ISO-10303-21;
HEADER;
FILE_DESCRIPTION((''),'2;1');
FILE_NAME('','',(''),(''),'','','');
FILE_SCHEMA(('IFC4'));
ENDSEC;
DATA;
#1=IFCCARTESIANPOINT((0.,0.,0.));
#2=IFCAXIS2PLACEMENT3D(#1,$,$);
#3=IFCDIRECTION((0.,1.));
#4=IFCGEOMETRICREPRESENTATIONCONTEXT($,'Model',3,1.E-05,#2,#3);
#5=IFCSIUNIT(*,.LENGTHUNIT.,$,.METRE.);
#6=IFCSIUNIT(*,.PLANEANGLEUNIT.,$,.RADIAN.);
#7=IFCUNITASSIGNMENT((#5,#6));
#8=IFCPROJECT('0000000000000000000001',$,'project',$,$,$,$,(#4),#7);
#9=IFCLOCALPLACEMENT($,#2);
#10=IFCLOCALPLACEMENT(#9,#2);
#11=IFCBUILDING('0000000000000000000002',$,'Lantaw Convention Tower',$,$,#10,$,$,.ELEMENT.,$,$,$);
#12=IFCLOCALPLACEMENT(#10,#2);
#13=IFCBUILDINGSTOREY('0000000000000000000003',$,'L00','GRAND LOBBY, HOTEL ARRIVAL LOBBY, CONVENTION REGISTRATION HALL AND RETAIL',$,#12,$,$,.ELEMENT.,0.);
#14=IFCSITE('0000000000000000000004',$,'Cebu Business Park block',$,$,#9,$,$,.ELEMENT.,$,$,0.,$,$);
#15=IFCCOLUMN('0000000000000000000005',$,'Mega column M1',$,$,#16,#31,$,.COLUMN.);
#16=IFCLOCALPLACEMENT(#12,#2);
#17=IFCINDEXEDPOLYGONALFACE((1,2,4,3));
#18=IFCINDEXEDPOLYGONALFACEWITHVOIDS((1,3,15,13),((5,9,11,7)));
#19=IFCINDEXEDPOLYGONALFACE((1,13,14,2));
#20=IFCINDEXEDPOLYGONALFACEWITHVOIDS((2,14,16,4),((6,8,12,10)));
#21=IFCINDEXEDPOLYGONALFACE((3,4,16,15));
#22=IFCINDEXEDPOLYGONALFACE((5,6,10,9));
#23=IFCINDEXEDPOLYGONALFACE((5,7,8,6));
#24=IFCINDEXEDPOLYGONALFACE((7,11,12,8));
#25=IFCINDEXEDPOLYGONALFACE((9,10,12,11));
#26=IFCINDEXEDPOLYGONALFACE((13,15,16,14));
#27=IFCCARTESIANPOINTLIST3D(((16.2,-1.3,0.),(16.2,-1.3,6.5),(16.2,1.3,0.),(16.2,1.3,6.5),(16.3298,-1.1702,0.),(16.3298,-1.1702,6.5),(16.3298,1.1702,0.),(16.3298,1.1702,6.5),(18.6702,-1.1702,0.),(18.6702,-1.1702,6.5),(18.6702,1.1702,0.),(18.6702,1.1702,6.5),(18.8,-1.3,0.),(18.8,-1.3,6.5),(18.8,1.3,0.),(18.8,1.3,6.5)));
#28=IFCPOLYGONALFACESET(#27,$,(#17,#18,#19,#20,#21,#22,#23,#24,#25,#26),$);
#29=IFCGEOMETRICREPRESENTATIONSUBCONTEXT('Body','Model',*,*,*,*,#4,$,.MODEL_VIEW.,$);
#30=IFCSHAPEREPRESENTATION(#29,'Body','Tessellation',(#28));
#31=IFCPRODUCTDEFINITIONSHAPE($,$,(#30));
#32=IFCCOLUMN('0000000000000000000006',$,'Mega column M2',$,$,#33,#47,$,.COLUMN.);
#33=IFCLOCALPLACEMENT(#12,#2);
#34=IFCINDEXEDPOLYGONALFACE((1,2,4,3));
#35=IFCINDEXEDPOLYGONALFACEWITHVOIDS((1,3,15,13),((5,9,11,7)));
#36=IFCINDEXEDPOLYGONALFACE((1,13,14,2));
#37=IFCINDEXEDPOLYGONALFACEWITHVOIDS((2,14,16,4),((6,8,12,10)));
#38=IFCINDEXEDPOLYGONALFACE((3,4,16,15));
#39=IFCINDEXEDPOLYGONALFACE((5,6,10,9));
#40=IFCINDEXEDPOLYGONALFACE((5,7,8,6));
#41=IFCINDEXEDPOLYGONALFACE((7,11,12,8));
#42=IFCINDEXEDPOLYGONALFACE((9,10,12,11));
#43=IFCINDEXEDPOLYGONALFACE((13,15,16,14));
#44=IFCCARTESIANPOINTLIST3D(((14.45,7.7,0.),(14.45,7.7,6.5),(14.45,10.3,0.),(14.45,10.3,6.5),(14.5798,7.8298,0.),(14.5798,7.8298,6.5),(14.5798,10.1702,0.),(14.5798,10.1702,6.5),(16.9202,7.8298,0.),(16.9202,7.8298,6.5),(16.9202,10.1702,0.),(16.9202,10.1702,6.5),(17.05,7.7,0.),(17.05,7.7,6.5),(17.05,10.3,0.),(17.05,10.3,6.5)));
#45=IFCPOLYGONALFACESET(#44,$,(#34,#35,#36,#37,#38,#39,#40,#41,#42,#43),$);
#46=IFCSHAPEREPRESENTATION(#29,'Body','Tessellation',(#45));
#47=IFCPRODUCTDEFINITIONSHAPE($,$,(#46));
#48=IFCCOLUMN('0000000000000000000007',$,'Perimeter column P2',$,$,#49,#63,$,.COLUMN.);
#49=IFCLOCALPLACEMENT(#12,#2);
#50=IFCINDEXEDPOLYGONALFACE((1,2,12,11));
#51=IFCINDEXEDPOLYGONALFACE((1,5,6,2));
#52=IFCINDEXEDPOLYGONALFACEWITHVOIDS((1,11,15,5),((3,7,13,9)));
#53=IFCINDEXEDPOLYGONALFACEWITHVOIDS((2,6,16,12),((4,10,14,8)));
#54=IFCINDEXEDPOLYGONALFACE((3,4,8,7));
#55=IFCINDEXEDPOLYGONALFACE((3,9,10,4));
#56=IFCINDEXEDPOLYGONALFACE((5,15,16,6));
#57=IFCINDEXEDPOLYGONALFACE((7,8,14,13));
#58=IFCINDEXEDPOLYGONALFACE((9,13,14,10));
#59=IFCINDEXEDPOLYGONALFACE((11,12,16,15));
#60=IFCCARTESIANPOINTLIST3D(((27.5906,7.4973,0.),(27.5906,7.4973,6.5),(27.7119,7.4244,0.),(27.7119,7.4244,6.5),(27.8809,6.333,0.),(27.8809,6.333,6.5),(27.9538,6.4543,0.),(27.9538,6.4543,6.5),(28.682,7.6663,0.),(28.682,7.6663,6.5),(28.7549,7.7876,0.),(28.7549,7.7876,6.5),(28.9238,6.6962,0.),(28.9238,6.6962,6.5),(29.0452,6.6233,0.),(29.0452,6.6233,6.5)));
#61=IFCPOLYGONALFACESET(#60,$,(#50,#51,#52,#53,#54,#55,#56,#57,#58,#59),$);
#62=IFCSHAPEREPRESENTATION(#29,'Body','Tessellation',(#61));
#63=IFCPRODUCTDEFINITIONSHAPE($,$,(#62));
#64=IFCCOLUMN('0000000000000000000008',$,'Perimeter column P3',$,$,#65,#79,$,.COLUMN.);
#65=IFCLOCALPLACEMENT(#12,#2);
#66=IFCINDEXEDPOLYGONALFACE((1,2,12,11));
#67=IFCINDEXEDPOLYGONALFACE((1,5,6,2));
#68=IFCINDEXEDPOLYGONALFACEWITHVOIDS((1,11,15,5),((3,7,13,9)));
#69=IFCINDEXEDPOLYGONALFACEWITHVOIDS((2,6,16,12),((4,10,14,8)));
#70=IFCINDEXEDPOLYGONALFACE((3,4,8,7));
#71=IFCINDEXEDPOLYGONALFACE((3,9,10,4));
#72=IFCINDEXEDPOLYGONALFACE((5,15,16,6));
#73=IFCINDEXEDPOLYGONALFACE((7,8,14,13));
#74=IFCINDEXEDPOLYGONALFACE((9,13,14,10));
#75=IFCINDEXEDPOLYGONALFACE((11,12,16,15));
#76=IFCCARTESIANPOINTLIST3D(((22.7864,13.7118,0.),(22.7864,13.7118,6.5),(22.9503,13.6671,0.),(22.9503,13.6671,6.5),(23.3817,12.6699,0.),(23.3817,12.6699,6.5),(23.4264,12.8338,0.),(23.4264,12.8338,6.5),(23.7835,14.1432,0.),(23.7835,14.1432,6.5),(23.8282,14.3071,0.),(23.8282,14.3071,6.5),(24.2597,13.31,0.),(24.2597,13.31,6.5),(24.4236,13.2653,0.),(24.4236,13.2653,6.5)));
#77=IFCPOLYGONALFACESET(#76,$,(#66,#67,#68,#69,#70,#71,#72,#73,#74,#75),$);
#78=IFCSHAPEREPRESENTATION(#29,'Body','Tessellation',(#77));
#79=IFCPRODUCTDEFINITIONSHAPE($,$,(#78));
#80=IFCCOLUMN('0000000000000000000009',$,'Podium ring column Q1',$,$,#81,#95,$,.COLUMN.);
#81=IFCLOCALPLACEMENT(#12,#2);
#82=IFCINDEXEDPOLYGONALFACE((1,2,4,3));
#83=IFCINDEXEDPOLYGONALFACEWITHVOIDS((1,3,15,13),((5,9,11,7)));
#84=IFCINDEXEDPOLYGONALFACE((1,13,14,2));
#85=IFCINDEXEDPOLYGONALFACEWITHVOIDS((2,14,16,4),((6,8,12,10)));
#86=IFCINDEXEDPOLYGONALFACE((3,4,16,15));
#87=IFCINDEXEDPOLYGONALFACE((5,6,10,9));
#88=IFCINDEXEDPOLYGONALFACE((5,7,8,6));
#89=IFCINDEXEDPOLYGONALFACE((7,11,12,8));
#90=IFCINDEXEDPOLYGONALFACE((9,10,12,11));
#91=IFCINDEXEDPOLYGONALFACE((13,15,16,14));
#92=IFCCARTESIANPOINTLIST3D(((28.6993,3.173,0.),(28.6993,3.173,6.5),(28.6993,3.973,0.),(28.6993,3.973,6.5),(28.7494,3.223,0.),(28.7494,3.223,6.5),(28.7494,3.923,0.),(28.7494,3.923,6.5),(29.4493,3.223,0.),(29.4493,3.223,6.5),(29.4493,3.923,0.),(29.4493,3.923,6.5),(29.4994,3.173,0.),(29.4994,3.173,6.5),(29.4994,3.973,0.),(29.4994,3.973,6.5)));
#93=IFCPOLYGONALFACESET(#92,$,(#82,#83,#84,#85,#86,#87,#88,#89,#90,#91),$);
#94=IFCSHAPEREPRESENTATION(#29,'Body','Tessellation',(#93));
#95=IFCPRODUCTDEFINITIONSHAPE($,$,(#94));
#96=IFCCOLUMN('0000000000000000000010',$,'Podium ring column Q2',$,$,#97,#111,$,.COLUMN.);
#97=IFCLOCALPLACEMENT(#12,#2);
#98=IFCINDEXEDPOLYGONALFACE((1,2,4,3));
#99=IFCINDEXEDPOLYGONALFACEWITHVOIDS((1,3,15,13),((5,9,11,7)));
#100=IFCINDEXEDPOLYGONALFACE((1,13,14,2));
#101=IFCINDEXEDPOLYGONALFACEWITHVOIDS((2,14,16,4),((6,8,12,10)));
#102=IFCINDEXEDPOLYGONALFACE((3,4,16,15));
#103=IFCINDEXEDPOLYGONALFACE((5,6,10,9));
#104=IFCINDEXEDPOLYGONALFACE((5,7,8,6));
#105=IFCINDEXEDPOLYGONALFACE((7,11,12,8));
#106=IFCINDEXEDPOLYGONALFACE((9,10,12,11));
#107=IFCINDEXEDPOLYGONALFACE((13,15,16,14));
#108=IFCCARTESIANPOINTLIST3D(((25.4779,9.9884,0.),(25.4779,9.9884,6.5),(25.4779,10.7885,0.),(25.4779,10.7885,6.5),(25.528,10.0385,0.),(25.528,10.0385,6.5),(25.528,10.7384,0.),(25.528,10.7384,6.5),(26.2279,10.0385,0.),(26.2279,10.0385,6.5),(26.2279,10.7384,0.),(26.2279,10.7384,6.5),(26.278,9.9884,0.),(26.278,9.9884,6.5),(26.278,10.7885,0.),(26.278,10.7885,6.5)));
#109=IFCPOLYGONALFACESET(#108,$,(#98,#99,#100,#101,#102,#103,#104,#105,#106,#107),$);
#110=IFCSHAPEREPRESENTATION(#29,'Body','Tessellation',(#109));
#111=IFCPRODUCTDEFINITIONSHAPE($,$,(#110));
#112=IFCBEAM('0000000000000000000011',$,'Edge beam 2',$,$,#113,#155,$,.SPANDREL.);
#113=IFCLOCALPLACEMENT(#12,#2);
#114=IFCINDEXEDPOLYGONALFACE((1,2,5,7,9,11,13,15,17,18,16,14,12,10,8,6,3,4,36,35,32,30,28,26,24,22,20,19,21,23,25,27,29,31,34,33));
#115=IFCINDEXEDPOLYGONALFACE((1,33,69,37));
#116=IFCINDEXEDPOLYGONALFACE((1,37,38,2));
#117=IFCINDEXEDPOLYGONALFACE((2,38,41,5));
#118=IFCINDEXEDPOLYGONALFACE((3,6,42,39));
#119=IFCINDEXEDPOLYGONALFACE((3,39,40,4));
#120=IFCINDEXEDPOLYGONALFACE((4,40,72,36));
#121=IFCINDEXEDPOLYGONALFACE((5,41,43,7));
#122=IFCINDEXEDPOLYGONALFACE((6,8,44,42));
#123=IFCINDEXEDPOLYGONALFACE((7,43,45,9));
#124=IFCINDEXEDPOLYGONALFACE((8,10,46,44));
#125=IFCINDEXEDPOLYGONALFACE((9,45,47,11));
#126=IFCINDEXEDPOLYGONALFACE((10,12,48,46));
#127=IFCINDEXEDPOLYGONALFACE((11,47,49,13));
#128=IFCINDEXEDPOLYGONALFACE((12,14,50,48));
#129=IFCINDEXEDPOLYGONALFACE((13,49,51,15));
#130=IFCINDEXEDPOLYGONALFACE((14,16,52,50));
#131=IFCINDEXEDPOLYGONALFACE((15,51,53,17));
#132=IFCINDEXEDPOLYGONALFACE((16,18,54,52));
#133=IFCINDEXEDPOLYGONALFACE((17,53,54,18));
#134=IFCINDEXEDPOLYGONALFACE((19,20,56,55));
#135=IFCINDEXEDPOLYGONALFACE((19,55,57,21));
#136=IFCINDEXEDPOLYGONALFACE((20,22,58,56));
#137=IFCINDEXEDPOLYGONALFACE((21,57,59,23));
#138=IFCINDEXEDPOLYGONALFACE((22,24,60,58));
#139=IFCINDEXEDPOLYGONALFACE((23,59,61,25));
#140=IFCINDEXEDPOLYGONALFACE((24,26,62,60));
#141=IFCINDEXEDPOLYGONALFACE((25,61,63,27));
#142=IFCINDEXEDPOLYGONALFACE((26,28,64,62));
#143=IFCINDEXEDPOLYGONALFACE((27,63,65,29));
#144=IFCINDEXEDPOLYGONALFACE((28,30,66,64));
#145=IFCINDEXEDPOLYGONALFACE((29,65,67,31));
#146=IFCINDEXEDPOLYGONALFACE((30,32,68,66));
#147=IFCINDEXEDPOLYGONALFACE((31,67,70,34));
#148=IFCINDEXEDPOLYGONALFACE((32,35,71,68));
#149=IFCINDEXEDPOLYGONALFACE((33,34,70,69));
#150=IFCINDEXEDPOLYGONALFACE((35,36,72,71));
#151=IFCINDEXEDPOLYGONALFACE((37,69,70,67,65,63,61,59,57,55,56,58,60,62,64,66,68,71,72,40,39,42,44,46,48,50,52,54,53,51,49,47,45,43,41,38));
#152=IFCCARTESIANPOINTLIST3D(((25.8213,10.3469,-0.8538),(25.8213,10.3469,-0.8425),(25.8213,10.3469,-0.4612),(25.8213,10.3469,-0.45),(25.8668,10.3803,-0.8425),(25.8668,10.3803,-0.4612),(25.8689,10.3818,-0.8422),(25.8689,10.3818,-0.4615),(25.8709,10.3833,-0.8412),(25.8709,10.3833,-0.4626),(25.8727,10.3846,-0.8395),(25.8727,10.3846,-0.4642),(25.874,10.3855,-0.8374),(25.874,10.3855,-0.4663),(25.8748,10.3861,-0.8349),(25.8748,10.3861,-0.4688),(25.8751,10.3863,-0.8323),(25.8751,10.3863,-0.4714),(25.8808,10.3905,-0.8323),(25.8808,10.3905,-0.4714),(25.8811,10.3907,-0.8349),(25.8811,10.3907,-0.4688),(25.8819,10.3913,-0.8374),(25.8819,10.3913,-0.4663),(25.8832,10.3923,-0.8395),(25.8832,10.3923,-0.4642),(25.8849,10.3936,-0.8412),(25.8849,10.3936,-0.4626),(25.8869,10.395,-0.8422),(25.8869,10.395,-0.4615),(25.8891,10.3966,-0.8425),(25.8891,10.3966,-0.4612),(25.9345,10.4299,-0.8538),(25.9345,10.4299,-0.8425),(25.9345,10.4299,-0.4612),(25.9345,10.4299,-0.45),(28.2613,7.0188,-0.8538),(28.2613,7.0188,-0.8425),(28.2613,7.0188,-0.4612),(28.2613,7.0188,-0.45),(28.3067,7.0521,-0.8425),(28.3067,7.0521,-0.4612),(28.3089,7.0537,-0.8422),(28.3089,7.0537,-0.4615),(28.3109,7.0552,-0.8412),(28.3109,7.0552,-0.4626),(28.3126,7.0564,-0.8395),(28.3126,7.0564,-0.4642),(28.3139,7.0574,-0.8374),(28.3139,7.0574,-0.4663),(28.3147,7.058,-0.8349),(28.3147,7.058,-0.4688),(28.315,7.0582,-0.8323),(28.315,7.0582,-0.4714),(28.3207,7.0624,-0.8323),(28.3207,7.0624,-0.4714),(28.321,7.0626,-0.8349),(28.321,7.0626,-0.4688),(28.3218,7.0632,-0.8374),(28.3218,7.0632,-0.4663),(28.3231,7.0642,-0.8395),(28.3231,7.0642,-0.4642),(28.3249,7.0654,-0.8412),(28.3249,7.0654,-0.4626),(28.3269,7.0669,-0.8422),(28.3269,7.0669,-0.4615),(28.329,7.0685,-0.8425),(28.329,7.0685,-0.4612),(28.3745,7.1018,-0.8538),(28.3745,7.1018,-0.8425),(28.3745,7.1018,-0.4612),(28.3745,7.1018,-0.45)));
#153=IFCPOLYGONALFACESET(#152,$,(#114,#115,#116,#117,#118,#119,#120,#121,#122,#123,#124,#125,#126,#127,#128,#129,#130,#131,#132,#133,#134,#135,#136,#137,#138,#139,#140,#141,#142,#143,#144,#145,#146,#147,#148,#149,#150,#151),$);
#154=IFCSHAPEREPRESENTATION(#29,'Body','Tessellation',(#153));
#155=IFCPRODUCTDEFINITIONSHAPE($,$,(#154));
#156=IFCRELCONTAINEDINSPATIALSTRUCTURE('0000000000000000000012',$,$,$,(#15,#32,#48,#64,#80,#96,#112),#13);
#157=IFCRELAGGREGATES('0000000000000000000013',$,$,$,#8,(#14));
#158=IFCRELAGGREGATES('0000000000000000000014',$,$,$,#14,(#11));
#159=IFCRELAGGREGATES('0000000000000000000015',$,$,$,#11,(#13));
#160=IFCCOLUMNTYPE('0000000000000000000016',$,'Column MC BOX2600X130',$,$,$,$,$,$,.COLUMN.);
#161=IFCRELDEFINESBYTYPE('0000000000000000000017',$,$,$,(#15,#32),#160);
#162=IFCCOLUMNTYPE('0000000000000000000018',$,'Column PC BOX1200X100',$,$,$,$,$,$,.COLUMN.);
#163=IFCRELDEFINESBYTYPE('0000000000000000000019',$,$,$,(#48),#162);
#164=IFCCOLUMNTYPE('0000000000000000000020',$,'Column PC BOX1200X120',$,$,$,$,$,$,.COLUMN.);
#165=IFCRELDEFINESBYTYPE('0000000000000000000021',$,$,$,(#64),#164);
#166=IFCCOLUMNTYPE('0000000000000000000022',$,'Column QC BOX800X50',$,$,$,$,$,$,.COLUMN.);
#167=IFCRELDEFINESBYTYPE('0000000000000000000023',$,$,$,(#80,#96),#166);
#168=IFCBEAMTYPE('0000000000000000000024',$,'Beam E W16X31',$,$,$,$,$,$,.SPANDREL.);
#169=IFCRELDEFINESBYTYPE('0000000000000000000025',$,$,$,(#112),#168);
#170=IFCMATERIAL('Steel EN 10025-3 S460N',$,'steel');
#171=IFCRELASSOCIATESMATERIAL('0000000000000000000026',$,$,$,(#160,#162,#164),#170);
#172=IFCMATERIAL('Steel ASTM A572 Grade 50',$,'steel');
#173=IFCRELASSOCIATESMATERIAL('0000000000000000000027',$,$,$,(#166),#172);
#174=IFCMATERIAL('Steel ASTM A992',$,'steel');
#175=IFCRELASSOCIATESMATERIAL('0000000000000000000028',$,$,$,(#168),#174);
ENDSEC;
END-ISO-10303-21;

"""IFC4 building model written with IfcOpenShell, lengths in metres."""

from ifc_helpers import new_model, si_unit, direction, frame, origin, origin_2d, place, context, subcontext, project, spatial, rectangle, hollow_rectangle, i_section, extrude, material, material_profile, profile_set, type_object, element, save


model = new_model("IFC4")

# Units and contexts
model_context = context("Model", 3, precision=1e-05, world=origin(), true_north=direction((0.0, 1.0)))
body_context = subcontext(model_context, "Body", "Model", "MODEL_VIEW")
ifc_project = project(units=[si_unit("LENGTHUNIT", "METRE"), si_unit("PLANEANGLEUNIT", "RADIAN")], contexts=[model_context])

# Site, building, storey
site_placement = place(None, origin())
site = spatial("IfcSite", under=ifc_project, at=site_placement, Name="Cebu Business Park block", CompositionType="ELEMENT", RefElevation=0.0)
building_placement = place(site_placement, origin())
building = spatial("IfcBuilding", under=site, at=building_placement, Name="Lantaw Convention Tower", CompositionType="ELEMENT")
storey_placement = place(building_placement, origin())
storey = spatial("IfcBuildingStorey", under=building, at=storey_placement, Name="L00", Description="GRAND LOBBY, HOTEL ARRIVAL LOBBY, CONVENTION REGISTRATION HALL AND RETAIL", CompositionType="ELEMENT", Elevation=0.0)

# Columns
ifc_material_1 = material(Name="Steel EN 10025-3 S460N", Category="steel")
ifc_material_profile_1 = material_profile(ifc_material_1, hollow_rectangle(XDim=2.6001, YDim=2.6001, WallThickness=0.1299, at=origin_2d()), Name="BOX2600X130")
ifc_material_2 = material(Name="Concrete C60/75", Category="concrete")
ifc_material_profile_2 = material_profile(ifc_material_2, rectangle(XDim=2.3401, YDim=2.3401, at=origin_2d()), Name="Concrete fill of BOX2600X130")
ifc_profile_set_1 = profile_set([ifc_material_profile_1, ifc_material_profile_2], Name="Steel EN 10025-3 S460N")
column_type_1 = type_object("IfcColumnType", Name="Column MC BOX2600X130", PredefinedType="COLUMN", material=ifc_profile_set_1)
for number, where, z_axis, x_axis, name in (
    (1, (17.5, 0.0, 0.0), (0.0, 0.0, 1.0), (1.0, 0.0, 0.0), "Mega column M1"),
    (2, (15.75, 9.0, 0.0), (0.0, 0.0, 1.0), (1.0, 0.0, 0.0), "Mega column M2"),
):
    element("IfcColumn", number, at=place(storey_placement, frame(where, z_axis=z_axis, x_axis=x_axis)), inside=storey, type_object=column_type_1, Name=name, PredefinedType="COLUMN", context=body_context, shape_type="SweptSolid", body=[
        extrude(hollow_rectangle(XDim=2.6001, YDim=2.6001, WallThickness=0.1299, at=origin_2d()), origin(), (0.0, 0.0, 1.0), 6.5),
    ])
ifc_material_profile_3 = material_profile(ifc_material_1, hollow_rectangle(XDim=1.2, YDim=1.2, WallThickness=0.1001, at=origin_2d()), Name="BOX1200X100")
ifc_material_profile_4 = material_profile(ifc_material_2, rectangle(XDim=1.0, YDim=1.0, at=origin_2d()), Name="Concrete fill of BOX1200X100")
ifc_profile_set_2 = profile_set([ifc_material_profile_3, ifc_material_profile_4], Name="Steel EN 10025-3 S460N")
column_type_2 = type_object("IfcColumnType", Name="Column PC BOX1200X100", PredefinedType="COLUMN", material=ifc_profile_set_2)
column_1_placement = place(storey_placement, frame((28.3179, 7.0603, 0.0), z_axis=(0.0, 0.0, 1.0), x_axis=(0.970296, 0.241922, 0.0)))
element("IfcColumn", 3, at=column_1_placement, inside=storey, type_object=column_type_2, Name="Perimeter column P2", PredefinedType="COLUMN", context=body_context, shape_type="SweptSolid", body=[
    extrude(hollow_rectangle(XDim=1.2, YDim=1.2, WallThickness=0.1001, at=origin_2d()), origin(), (0.0, 0.0, 1.0), 6.5),
])
ifc_material_profile_5 = material_profile(ifc_material_1, hollow_rectangle(XDim=1.2, YDim=1.2, WallThickness=0.1201, at=origin_2d()), Name="BOX1200X120")
ifc_material_profile_6 = material_profile(ifc_material_2, rectangle(XDim=0.96, YDim=0.96, at=origin_2d()), Name="Concrete fill of BOX1200X120")
ifc_profile_set_3 = profile_set([ifc_material_profile_5, ifc_material_profile_6], Name="Steel EN 10025-3 S460N")
column_type_3 = type_object("IfcColumnType", Name="Column PC BOX1200X120", PredefinedType="COLUMN", material=ifc_profile_set_3)
column_2_placement = place(storey_placement, frame((23.605, 13.4885, 0.0), z_axis=(0.0, 0.0, 1.0), x_axis=(0.868243, 0.496139, 0.0)))
element("IfcColumn", 4, at=column_2_placement, inside=storey, type_object=column_type_3, Name="Perimeter column P3", PredefinedType="COLUMN", context=body_context, shape_type="SweptSolid", body=[
    extrude(hollow_rectangle(XDim=1.2, YDim=1.2, WallThickness=0.1201, at=origin_2d()), origin(), (0.0, 0.0, 1.0), 6.5),
])
ifc_material_3 = material(Name="Steel ASTM A572 Grade 50", Category="steel")
ifc_material_profile_7 = material_profile(ifc_material_3, hollow_rectangle(XDim=0.8, YDim=0.8, WallThickness=0.05, at=origin_2d()), Name="BOX800X50")
ifc_profile_set_4 = profile_set([ifc_material_profile_7], Name="Steel ASTM A572 Grade 50")
column_type_4 = type_object("IfcColumnType", Name="Column QC BOX800X50", PredefinedType="COLUMN", material=ifc_profile_set_4)
for number, where, z_axis, x_axis, name in (
    (5, (29.0994, 3.573, 0.0), (0.0, 0.0, 1.0), (1.0, 0.0, 0.0), "Podium ring column Q1"),
    (6, (25.8779, 10.3884, 0.0), (0.0, 0.0, 1.0), (1.0, 0.0, 0.0), "Podium ring column Q2"),
):
    element("IfcColumn", number, at=place(storey_placement, frame(where, z_axis=z_axis, x_axis=x_axis)), inside=storey, type_object=column_type_4, Name=name, PredefinedType="COLUMN", context=body_context, shape_type="SweptSolid", body=[
        extrude(hollow_rectangle(XDim=0.8, YDim=0.8, WallThickness=0.05, at=origin_2d()), origin(), (0.0, 0.0, 1.0), 6.5),
    ])

# Beam
ifc_material_4 = material(Name="Steel ASTM A992", Category="steel")
ifc_material_profile_8 = material_profile(ifc_material_4, i_section(OverallWidth=0.1404, OverallDepth=0.4038, WebThickness=0.0071, FlangeThickness=0.0112, FilletRadius=0.0103, at=origin_2d()), Name="W16X31")
ifc_profile_set_5 = profile_set([ifc_material_profile_8], Name="Steel ASTM A992")
beam_type_1 = type_object("IfcBeamType", Name="Beam E W16X31", PredefinedType="SPANDREL", material=ifc_profile_set_5)
beam_1_placement = place(storey_placement, frame((28.3179, 7.0603, -0.6519), z_axis=(-0.591256, 0.806484, 0.0), x_axis=(-0.806484, -0.591256, 0.0)))
element("IfcBeam", 7, at=beam_1_placement, inside=storey, type_object=beam_type_1, Name="Edge beam 2", PredefinedType="SPANDREL", context=body_context, shape_type="SweptSolid", body=[
    extrude(i_section(OverallWidth=0.1404, OverallDepth=0.4038, WebThickness=0.0071, FlangeThickness=0.0112, FilletRadius=0.0103, at=origin_2d()), origin(), (0.0, 0.0, 1.0), 4.1267),
])

save(model, "model.ifc")
